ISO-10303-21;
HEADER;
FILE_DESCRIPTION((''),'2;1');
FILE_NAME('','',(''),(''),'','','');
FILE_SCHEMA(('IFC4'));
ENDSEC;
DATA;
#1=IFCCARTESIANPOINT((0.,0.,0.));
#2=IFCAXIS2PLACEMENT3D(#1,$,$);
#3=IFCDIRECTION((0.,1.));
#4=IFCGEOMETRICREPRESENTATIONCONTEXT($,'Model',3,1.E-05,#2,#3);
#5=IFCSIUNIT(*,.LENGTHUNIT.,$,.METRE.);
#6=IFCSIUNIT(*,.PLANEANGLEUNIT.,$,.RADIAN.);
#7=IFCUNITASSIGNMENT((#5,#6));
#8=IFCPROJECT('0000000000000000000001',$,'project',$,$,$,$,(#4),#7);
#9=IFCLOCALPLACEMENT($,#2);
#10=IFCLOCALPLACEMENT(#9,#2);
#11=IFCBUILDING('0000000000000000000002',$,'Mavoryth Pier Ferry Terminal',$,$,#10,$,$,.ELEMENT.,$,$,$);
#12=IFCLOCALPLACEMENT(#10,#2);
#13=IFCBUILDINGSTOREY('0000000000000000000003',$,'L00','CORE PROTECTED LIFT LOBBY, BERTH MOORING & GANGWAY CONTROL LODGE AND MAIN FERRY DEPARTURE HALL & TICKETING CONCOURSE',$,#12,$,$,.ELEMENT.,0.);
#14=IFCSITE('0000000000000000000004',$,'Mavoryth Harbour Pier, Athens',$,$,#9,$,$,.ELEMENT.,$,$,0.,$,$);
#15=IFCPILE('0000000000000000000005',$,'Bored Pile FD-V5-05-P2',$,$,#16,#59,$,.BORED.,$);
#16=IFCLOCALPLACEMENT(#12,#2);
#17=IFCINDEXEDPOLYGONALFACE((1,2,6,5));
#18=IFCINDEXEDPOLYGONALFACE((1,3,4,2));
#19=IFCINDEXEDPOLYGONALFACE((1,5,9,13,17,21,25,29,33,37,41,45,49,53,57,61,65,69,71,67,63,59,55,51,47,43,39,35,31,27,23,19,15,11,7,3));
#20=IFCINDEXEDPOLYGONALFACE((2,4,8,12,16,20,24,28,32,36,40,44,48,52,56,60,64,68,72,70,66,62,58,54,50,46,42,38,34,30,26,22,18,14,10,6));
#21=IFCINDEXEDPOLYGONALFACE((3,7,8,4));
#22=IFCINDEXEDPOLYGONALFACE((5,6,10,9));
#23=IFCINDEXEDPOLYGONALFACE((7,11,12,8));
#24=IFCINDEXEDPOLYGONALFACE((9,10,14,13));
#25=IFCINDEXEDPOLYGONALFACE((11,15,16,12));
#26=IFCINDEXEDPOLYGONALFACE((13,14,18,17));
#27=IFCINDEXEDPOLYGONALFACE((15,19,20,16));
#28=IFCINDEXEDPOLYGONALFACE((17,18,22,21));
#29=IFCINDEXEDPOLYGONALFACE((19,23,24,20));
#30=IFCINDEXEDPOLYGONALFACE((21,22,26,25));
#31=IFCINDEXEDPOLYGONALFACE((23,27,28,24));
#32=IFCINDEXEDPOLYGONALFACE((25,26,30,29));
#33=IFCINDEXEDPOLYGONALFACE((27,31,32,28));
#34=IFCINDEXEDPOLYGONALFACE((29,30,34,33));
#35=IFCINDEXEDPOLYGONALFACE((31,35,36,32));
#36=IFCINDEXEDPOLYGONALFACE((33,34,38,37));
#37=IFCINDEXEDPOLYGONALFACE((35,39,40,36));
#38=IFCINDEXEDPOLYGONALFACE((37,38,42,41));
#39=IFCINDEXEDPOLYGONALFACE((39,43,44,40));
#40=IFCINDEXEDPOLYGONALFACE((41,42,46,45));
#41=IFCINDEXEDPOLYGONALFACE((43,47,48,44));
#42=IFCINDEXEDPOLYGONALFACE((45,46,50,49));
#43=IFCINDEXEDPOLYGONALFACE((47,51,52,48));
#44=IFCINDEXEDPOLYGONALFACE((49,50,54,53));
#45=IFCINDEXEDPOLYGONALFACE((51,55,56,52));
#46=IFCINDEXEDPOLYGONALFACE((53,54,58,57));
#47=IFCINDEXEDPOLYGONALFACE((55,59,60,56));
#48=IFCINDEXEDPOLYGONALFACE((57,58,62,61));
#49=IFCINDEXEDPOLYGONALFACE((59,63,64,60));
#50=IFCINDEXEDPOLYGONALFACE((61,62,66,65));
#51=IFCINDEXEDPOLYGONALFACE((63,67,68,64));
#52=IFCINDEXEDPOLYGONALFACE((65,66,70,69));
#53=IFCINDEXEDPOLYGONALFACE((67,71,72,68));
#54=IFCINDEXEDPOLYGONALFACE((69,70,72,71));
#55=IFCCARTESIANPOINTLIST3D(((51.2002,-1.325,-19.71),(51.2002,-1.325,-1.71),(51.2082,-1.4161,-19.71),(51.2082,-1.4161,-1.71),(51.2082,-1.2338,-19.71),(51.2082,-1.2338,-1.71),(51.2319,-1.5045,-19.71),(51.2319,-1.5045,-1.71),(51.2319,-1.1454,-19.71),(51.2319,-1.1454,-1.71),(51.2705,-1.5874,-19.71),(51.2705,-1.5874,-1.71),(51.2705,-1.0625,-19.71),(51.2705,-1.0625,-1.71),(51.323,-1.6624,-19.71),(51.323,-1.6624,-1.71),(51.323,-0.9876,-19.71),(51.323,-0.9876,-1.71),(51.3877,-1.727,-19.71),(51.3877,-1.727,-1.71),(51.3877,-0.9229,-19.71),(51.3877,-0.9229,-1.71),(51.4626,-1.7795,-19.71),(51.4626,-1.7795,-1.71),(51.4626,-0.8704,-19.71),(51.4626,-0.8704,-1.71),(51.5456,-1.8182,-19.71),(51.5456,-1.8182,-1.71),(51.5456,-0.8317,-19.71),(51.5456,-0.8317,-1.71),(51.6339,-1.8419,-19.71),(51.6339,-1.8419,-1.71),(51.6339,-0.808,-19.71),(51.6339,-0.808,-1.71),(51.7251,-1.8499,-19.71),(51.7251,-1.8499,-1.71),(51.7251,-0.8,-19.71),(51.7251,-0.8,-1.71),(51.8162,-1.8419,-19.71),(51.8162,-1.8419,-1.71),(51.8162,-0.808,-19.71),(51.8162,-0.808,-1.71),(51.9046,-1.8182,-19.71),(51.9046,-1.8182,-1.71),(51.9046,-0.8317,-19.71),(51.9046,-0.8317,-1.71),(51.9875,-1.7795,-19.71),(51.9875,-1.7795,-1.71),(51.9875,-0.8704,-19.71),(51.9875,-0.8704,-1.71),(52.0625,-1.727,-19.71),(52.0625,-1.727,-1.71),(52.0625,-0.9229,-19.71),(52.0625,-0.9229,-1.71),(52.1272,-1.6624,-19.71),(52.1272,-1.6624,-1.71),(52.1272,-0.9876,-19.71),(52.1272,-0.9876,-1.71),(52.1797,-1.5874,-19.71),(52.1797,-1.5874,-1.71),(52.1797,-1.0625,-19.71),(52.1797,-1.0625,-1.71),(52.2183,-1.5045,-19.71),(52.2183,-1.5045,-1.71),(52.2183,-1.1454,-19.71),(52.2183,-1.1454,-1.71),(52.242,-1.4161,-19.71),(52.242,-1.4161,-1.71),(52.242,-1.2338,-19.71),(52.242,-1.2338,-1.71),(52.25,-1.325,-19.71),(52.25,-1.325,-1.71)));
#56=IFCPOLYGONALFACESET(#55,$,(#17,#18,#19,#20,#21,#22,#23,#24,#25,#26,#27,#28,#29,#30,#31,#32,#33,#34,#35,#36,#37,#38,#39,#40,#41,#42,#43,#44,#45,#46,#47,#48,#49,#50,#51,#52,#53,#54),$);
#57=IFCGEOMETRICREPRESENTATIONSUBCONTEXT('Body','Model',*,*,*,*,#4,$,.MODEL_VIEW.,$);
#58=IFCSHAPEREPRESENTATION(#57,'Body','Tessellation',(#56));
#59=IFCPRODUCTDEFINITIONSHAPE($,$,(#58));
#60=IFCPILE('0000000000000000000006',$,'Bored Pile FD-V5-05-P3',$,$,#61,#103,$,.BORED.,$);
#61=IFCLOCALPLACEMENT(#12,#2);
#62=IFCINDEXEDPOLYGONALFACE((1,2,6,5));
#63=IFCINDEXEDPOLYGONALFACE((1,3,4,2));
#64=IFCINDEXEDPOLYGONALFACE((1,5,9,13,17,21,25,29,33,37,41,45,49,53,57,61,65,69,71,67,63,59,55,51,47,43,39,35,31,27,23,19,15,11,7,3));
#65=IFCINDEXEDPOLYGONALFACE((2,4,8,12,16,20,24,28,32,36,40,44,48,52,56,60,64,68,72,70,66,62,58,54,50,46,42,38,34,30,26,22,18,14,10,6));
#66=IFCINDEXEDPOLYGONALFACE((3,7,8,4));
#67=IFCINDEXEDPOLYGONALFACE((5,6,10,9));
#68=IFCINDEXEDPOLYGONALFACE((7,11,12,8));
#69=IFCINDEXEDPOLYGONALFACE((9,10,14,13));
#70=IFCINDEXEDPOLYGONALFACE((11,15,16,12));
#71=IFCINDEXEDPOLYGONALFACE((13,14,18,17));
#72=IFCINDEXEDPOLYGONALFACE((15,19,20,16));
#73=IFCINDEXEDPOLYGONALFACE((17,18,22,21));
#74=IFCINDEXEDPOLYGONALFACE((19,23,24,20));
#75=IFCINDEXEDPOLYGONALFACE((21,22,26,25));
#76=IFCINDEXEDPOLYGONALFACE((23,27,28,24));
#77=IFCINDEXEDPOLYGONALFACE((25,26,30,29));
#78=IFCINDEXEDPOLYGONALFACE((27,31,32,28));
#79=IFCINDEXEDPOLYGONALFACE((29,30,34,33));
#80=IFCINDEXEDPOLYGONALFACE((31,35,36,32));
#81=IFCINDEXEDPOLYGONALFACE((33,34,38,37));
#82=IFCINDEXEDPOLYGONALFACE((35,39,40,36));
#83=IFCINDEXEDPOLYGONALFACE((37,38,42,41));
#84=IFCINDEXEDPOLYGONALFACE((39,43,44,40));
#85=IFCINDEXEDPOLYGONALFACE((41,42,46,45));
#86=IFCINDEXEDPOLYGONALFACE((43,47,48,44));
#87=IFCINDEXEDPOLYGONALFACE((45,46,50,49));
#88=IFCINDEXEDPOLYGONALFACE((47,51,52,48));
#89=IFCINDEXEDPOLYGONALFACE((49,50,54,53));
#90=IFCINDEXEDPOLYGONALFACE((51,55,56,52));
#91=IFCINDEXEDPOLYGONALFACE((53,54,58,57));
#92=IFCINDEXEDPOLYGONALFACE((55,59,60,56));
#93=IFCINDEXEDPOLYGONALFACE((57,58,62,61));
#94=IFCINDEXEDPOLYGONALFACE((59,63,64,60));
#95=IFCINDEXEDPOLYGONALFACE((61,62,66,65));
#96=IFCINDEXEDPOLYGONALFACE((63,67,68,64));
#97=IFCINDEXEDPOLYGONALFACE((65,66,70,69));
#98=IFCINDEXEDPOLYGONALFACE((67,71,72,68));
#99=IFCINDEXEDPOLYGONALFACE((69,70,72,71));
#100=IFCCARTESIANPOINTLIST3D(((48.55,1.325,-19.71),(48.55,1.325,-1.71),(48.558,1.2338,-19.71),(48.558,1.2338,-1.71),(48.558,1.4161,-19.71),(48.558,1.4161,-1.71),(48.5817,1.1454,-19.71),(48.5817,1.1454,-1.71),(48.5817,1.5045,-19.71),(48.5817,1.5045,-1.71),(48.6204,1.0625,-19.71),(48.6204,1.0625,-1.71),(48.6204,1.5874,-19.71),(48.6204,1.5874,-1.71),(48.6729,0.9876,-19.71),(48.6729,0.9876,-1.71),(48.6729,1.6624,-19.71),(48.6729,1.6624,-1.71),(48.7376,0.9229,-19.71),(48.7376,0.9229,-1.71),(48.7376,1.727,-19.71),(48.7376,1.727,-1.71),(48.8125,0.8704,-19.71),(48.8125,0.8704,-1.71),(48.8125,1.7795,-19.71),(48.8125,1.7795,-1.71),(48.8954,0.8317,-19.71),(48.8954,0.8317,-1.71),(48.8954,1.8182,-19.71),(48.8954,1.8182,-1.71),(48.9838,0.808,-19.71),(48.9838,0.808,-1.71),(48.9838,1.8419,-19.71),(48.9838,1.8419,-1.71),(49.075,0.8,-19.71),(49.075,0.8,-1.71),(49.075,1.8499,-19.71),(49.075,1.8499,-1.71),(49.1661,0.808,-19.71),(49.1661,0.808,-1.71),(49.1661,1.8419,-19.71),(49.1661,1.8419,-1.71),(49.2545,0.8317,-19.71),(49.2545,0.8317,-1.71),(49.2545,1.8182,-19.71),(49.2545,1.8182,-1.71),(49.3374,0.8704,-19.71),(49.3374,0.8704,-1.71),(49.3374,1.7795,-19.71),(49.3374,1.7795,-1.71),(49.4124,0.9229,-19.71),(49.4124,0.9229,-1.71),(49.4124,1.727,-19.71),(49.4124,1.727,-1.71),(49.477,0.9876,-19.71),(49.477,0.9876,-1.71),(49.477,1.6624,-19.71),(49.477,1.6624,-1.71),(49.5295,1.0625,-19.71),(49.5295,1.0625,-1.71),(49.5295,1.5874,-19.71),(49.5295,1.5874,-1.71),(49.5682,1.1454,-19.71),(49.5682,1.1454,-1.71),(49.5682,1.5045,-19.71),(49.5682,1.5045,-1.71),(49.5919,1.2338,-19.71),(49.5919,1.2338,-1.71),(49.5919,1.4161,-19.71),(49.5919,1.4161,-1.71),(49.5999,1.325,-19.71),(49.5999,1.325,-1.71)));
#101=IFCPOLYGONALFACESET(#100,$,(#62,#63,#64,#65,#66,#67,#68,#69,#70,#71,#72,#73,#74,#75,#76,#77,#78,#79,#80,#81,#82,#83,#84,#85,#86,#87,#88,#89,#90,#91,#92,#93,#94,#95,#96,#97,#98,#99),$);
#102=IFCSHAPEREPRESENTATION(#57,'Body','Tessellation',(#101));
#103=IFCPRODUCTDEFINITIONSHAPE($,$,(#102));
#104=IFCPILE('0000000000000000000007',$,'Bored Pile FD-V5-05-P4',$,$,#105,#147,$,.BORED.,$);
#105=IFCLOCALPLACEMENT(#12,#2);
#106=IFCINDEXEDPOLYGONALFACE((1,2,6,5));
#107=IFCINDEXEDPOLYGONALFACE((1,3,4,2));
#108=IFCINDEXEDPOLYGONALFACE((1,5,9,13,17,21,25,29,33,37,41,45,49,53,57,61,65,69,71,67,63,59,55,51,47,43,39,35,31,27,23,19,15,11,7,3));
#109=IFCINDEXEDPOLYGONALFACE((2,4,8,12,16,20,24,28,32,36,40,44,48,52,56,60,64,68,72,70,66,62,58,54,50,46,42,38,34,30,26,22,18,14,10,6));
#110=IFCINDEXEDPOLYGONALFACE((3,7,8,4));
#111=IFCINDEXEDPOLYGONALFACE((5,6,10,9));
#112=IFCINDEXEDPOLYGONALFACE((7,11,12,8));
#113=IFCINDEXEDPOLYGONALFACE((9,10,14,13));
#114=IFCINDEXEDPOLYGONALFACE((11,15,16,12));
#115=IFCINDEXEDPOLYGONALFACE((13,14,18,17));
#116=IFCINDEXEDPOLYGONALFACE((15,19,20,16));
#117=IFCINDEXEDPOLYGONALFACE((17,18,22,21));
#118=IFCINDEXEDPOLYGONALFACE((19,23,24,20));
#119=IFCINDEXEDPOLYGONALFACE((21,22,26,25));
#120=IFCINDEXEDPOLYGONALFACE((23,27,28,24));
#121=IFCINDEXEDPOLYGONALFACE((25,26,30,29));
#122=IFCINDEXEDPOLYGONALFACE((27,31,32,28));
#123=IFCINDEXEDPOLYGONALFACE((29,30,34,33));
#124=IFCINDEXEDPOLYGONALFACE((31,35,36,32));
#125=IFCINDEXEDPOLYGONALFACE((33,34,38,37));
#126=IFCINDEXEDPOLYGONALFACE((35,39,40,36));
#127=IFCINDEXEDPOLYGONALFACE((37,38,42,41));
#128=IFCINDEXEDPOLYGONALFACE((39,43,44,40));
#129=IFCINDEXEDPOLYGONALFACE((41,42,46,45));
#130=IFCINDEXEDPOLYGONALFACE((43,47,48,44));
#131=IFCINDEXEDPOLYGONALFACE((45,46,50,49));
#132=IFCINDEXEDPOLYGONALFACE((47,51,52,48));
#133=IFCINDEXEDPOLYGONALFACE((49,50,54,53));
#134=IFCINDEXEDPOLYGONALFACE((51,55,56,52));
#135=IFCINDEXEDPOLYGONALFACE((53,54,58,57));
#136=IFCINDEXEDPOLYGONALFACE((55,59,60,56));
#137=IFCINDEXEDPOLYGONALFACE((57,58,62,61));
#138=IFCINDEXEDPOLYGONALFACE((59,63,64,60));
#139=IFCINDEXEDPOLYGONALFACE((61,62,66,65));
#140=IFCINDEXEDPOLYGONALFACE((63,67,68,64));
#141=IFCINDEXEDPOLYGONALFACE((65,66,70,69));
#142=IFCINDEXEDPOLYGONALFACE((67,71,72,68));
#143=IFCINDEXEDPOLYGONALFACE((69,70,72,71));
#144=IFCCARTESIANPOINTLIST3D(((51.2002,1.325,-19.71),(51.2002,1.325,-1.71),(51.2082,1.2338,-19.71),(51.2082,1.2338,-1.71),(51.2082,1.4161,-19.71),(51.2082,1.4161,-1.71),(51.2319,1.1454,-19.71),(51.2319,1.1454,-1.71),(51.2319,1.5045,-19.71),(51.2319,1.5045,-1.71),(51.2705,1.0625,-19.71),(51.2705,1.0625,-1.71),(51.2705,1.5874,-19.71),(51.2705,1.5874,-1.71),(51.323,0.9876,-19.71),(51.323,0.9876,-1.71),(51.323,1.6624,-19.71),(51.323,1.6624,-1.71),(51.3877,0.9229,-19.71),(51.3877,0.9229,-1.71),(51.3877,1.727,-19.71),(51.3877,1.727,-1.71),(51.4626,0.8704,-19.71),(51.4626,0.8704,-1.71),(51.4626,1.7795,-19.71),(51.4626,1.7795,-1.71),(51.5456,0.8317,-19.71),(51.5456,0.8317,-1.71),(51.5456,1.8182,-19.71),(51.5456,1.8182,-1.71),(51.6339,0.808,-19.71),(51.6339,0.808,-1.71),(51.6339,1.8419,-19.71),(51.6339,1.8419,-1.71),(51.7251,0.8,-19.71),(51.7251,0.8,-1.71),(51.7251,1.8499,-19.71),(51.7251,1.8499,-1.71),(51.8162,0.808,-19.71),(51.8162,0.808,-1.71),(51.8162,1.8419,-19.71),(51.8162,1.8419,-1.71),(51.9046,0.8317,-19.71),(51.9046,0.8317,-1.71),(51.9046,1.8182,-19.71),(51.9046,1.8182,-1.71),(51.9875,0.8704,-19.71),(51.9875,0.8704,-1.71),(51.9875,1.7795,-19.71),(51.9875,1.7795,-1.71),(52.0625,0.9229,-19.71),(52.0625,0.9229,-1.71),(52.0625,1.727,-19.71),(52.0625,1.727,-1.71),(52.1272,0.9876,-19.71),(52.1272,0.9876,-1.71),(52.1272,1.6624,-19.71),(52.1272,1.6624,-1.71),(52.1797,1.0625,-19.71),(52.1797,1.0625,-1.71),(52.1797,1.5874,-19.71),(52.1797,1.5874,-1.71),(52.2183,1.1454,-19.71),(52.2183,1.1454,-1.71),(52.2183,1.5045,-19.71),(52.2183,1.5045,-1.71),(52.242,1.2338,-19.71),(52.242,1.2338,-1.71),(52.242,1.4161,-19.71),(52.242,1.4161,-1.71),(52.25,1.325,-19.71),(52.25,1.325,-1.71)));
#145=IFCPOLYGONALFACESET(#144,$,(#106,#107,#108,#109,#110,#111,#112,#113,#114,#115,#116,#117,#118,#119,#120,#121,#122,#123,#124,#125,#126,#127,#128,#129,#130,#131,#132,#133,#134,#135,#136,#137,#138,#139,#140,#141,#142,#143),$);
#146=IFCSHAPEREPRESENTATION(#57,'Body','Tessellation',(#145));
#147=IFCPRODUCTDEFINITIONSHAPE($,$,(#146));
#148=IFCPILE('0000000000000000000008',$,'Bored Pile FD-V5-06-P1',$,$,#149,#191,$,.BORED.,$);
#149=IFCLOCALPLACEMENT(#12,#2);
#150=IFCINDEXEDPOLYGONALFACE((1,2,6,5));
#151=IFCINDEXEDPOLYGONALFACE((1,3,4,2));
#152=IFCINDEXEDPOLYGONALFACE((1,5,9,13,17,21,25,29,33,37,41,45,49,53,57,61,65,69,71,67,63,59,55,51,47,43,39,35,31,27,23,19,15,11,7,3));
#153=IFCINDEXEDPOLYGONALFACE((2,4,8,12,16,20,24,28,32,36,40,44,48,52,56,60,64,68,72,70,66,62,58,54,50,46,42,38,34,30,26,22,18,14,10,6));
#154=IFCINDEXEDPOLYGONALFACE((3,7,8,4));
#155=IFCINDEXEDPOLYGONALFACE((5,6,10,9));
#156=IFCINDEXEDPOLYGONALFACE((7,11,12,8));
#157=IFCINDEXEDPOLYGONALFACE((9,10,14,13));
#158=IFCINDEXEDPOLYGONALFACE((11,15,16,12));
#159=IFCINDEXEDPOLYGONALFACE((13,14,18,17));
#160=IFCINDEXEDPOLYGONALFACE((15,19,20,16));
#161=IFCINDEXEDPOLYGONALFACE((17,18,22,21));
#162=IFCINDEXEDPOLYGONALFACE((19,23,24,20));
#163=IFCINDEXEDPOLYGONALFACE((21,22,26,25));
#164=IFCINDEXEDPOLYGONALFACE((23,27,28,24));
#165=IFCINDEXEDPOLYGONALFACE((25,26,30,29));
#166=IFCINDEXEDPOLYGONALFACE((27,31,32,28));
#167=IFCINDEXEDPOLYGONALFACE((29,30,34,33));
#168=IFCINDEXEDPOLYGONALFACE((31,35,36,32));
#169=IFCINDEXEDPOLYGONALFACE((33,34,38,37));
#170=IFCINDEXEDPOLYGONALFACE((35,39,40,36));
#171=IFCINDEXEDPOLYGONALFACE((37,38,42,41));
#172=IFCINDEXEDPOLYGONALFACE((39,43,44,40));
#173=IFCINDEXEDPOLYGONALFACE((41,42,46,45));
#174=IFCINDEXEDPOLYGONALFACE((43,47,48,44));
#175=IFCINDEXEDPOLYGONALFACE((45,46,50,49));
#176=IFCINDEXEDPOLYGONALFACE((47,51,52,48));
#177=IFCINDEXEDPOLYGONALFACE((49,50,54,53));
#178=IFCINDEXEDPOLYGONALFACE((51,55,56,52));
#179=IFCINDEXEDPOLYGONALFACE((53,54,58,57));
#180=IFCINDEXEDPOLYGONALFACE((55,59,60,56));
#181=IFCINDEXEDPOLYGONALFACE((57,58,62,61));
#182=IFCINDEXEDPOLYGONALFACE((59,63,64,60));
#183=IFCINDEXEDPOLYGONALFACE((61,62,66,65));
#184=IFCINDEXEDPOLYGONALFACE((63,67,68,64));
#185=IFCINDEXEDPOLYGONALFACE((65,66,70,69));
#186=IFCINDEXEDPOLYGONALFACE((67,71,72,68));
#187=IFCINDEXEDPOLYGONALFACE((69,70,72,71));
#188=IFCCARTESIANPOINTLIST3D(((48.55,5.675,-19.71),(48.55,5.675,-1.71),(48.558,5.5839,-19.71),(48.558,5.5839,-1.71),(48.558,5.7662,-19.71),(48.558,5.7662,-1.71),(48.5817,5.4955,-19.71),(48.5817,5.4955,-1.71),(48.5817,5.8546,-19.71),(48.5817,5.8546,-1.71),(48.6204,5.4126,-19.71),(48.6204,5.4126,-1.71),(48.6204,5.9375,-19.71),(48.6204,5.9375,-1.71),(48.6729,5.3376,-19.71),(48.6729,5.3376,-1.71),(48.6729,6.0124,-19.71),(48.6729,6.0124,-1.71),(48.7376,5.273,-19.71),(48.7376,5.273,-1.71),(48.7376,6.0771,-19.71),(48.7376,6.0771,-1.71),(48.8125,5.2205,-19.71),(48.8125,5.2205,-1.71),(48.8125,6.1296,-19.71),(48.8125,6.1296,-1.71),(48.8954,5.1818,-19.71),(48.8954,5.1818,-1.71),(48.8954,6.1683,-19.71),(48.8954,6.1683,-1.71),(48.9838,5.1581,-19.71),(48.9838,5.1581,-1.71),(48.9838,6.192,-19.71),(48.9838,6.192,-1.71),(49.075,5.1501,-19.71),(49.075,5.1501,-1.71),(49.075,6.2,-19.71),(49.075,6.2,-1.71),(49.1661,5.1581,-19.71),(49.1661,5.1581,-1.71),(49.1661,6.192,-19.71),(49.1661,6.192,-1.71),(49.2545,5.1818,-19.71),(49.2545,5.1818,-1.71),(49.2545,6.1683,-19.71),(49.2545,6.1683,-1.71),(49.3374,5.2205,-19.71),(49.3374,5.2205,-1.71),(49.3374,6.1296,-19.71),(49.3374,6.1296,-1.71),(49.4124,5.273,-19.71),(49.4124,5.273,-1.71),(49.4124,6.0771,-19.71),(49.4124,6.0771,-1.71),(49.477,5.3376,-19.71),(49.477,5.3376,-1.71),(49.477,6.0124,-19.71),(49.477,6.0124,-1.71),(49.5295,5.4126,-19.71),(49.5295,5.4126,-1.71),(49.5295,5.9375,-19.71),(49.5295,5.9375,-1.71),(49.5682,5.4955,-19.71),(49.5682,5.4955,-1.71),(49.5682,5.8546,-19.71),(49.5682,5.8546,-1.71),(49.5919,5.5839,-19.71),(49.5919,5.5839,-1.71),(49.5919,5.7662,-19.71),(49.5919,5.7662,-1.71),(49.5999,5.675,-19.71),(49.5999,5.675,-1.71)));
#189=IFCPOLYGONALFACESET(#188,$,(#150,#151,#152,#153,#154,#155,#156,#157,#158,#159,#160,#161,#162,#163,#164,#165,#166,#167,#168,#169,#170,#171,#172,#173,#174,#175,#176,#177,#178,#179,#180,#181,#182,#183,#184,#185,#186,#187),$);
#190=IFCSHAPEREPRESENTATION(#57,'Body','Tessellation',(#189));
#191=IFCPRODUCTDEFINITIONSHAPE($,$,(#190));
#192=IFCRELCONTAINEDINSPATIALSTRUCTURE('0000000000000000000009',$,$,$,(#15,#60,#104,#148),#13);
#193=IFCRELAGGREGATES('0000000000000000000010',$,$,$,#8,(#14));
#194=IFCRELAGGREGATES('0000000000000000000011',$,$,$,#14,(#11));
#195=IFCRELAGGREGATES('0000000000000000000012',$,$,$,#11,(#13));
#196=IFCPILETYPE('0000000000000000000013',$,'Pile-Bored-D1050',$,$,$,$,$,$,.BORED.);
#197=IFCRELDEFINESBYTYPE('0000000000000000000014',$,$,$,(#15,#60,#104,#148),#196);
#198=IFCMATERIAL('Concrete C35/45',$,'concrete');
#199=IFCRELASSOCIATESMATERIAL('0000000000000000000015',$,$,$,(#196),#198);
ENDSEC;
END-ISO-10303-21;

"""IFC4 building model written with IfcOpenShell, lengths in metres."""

from ifc_helpers import new_model, si_unit, direction, frame, origin, origin_2d, place, context, subcontext, project, spatial, circle, extrude, material, material_profile, profile_set, type_object, element, save


model = new_model("IFC4")

# Units and contexts
model_context = context("Model", 3, precision=1e-05, world=origin(), true_north=direction((0.0, 1.0)))
body_context = subcontext(model_context, "Body", "Model", "MODEL_VIEW")
ifc_project = project(units=[si_unit("LENGTHUNIT", "METRE"), si_unit("PLANEANGLEUNIT", "RADIAN")], contexts=[model_context])

# Site, building, storey
site_placement = place(None, origin())
site = spatial("IfcSite", under=ifc_project, at=site_placement, Name="Mavoryth Harbour Pier, Athens", CompositionType="ELEMENT", RefElevation=0.0)
building_placement = place(site_placement, origin())
building = spatial("IfcBuilding", under=site, at=building_placement, Name="Mavoryth Pier Ferry Terminal", CompositionType="ELEMENT")
storey_placement = place(building_placement, origin())
storey = spatial("IfcBuildingStorey", under=building, at=storey_placement, Name="L00", Description="CORE PROTECTED LIFT LOBBY, BERTH MOORING & GANGWAY CONTROL LODGE AND MAIN FERRY DEPARTURE HALL & TICKETING CONCOURSE", CompositionType="ELEMENT", Elevation=0.0)

# Shared definitions
ifc_material_1 = material(Name="Concrete C35/45", Category="concrete")

# Piles
ifc_material_profile_1 = material_profile(ifc_material_1, circle(Radius=0.5249, at=origin_2d()), Name="PILE D1050", Category="concrete")
ifc_profile_set_1 = profile_set([ifc_material_profile_1], Name="Concrete C35/45 - PILE D1050")
pile_type = type_object("IfcPileType", Name="Pile-Bored-D1050", PredefinedType="BORED", material=ifc_profile_set_1)
for number, where, z_axis, x_axis, name in (
    (1, (51.7251, -1.325, -1.71), (0.0, 0.0, -1.0), (1.0, 0.0, 0.0), "Bored Pile FD-V5-05-P2"),
    (2, (49.075, 1.325, -1.71), (0.0, 0.0, -1.0), (1.0, 0.0, 0.0), "Bored Pile FD-V5-05-P3"),
    (3, (51.7251, 1.325, -1.71), (0.0, 0.0, -1.0), (1.0, 0.0, 0.0), "Bored Pile FD-V5-05-P4"),
    (4, (49.075, 5.675, -1.71), (0.0, 0.0, -1.0), (1.0, 0.0, 0.0), "Bored Pile FD-V5-06-P1"),
):
    element("IfcPile", number, at=place(storey_placement, frame(where, z_axis=z_axis, x_axis=x_axis)), inside=storey, type_object=pile_type, Name=name, PredefinedType="BORED", context=body_context, shape_type="SweptSolid", body=[
        extrude(circle(Radius=0.5249, at=origin_2d()), origin(), (0.0, 0.0, 1.0), 18.0),
    ])

save(model, "model.ifc")
